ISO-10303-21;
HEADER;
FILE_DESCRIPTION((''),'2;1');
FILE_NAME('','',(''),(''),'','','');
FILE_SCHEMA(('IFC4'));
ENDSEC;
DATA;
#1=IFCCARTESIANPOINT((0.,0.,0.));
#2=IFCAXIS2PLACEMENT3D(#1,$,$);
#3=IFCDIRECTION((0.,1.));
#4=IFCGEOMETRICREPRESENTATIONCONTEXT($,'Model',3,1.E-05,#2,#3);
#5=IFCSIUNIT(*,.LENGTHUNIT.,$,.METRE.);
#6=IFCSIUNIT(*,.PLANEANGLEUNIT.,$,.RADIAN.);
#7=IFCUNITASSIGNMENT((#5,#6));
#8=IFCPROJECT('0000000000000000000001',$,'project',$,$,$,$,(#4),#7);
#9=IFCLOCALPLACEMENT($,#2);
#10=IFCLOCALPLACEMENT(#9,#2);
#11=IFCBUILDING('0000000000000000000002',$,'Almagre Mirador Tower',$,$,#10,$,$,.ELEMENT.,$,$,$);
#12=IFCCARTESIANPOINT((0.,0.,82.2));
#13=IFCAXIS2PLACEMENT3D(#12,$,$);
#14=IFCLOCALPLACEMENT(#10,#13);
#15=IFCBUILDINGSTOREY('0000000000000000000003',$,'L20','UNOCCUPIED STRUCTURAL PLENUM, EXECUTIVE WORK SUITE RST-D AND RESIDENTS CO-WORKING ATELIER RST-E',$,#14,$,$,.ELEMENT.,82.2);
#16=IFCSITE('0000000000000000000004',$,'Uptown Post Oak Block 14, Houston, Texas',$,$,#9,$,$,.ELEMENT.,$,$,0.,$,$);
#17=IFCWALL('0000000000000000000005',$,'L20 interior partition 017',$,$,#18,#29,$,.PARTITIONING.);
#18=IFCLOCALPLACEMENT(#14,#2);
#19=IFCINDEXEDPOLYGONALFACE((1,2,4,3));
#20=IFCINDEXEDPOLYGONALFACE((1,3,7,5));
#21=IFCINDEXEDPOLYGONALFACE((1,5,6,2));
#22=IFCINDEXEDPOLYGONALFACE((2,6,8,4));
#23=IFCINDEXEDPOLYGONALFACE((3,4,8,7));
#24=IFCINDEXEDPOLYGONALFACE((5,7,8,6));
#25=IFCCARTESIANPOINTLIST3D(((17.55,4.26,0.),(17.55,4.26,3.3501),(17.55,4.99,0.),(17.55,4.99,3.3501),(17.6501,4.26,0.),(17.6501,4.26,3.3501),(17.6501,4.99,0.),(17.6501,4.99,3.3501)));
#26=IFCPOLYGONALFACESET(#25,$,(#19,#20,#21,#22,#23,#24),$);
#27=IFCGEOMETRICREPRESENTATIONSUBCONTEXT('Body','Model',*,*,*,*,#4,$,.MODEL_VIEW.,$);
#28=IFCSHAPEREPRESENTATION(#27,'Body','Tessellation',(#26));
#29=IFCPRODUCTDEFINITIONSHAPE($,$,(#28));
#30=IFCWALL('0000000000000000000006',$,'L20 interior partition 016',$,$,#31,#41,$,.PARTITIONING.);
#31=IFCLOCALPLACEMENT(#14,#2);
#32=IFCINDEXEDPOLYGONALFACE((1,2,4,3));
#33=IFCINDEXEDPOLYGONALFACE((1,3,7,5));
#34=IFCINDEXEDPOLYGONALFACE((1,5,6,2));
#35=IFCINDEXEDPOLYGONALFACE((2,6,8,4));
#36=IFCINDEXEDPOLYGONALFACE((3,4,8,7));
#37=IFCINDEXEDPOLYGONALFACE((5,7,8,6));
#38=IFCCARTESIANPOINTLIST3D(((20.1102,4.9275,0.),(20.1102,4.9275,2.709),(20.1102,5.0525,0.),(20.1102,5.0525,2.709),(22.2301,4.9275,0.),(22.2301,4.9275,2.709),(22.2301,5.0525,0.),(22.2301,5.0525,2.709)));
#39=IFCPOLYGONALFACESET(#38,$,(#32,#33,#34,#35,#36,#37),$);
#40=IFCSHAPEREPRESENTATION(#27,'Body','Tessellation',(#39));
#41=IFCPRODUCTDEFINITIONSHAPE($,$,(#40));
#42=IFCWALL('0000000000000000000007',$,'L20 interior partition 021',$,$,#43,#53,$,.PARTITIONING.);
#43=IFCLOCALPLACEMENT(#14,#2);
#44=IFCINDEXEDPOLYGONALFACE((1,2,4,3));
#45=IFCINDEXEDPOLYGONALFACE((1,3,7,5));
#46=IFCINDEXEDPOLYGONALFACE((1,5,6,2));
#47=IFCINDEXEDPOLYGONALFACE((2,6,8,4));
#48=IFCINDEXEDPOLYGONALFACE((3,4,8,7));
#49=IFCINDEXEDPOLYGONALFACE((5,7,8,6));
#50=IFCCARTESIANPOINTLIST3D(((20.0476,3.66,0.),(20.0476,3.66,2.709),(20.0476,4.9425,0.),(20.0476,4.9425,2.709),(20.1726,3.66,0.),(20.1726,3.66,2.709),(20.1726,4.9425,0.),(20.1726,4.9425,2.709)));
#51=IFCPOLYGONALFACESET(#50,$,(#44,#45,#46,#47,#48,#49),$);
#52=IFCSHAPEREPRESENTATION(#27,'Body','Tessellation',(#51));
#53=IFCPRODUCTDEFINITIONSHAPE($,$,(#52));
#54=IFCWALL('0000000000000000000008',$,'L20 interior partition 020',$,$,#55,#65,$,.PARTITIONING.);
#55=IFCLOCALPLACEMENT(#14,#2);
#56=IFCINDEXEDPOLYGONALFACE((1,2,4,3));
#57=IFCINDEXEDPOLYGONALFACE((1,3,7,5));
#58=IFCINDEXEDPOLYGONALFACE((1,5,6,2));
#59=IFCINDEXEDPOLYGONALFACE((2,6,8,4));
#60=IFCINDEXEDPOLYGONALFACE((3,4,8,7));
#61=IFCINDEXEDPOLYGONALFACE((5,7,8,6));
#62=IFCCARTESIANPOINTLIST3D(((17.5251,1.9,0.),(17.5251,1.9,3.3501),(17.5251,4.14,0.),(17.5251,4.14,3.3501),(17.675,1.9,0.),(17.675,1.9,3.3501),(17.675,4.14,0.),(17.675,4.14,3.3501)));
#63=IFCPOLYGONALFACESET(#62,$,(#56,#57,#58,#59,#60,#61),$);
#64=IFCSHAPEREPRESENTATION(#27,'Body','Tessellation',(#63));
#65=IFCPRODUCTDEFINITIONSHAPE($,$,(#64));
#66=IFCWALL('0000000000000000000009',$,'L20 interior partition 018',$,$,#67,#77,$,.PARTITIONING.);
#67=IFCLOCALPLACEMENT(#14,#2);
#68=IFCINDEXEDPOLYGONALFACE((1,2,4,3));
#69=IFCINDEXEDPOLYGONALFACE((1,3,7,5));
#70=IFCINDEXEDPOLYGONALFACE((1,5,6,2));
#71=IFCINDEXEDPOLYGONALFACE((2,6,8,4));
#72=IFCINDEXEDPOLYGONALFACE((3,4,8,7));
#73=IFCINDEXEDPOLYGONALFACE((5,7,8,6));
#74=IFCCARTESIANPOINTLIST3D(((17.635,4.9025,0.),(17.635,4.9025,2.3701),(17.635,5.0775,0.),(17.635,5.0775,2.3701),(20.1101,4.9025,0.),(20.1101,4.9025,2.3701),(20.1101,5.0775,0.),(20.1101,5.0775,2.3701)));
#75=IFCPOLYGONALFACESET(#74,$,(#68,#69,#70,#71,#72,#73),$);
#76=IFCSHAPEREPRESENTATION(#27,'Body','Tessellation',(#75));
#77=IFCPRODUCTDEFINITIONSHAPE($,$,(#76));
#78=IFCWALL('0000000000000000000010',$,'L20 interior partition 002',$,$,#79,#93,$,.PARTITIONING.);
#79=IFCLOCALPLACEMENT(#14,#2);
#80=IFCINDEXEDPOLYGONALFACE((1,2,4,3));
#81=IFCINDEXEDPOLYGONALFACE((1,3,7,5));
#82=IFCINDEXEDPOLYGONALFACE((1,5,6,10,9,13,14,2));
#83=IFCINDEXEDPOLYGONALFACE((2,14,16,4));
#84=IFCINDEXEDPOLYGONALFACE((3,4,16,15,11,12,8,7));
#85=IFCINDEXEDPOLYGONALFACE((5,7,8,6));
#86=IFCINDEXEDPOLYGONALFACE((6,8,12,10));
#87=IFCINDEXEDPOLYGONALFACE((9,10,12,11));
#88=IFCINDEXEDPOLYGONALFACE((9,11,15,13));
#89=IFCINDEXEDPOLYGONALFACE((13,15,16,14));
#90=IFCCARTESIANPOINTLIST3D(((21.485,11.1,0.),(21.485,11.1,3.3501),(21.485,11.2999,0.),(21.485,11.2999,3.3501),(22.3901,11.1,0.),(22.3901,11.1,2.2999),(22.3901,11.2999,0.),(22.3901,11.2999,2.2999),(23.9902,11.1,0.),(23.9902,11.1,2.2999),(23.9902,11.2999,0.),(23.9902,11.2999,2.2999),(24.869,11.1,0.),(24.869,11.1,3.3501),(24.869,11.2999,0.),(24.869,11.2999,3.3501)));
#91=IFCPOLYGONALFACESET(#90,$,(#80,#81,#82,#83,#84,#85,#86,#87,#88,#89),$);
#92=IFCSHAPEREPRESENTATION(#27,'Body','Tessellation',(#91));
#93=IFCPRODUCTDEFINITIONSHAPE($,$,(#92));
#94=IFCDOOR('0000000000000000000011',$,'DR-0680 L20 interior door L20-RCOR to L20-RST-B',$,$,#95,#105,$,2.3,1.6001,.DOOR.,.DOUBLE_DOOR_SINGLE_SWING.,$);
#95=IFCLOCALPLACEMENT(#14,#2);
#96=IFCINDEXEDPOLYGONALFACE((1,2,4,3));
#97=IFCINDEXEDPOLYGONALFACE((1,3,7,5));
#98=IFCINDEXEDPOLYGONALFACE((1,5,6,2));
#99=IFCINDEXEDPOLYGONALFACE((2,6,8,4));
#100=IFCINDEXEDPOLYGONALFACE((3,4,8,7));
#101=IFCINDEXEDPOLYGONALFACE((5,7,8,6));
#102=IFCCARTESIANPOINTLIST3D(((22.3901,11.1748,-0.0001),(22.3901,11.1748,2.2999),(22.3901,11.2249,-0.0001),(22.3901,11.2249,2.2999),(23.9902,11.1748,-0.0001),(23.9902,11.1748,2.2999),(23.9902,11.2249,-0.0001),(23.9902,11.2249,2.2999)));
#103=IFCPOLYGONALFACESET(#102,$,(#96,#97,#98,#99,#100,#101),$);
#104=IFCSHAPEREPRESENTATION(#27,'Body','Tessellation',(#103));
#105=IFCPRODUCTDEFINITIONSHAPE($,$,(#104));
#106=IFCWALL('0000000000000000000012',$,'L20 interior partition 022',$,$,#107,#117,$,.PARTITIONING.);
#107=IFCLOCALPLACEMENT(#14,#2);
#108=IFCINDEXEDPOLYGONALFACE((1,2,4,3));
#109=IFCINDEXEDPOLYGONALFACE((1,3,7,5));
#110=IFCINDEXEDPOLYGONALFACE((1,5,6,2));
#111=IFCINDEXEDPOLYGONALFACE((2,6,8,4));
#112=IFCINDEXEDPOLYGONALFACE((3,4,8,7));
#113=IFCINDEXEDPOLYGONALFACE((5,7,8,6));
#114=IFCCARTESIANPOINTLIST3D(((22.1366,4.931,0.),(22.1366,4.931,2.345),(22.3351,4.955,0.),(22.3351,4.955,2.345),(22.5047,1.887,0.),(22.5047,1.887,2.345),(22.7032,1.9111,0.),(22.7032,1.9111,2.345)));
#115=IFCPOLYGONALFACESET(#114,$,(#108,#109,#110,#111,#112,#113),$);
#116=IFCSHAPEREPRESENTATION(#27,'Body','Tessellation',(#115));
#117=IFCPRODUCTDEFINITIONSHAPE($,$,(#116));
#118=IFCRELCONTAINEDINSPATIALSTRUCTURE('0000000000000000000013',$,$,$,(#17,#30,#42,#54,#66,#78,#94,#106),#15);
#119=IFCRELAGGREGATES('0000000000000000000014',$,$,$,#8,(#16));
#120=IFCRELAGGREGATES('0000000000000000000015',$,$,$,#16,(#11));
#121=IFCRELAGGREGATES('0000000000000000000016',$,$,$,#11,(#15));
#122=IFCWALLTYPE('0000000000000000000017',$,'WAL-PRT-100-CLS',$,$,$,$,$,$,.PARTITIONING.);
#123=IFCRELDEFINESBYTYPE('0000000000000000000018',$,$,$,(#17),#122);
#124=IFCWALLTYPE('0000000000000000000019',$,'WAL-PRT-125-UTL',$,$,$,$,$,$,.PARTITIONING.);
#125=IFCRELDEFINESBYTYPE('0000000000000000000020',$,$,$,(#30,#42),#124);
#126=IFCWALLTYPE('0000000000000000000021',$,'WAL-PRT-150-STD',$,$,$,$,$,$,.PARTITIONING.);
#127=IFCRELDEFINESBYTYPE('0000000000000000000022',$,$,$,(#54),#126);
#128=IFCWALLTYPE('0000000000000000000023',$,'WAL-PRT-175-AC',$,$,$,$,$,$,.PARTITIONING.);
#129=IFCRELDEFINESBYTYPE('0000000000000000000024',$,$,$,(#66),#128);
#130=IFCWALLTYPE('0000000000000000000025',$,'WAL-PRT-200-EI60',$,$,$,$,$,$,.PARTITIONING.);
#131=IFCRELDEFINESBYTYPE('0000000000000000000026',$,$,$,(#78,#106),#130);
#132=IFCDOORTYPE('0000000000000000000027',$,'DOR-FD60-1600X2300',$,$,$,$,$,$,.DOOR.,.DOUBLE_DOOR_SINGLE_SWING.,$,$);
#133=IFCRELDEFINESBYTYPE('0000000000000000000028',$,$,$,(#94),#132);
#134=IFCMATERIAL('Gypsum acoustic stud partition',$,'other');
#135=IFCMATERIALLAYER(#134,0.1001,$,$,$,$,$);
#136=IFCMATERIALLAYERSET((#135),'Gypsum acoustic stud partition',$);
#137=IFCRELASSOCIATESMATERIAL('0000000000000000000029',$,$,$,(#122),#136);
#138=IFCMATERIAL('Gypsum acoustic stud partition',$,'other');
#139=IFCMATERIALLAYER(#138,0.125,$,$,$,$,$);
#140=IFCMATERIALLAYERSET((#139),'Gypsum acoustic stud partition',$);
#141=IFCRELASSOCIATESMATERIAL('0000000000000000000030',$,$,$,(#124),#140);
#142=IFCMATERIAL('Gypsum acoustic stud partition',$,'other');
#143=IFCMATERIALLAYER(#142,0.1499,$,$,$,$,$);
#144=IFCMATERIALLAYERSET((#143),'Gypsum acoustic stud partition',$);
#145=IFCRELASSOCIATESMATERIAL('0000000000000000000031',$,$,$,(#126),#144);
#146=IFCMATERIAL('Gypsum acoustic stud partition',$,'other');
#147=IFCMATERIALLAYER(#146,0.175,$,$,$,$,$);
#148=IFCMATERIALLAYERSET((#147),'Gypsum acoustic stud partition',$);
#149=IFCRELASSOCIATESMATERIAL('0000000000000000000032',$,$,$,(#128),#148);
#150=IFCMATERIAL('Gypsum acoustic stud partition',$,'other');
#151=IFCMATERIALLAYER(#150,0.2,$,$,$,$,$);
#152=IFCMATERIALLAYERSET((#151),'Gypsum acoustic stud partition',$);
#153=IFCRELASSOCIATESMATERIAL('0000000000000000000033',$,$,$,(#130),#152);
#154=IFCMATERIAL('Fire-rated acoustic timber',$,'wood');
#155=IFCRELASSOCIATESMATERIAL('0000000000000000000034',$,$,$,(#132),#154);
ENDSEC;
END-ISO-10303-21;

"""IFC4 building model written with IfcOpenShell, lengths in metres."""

from ifc_helpers import new_model, si_unit, direction, frame, frame_2d, origin, place, context, subcontext, project, spatial, rectangle, extrude, material, layer, layer_set, type_object, element, fill, save


model = new_model("IFC4")

# Units and contexts
model_context = context("Model", 3, precision=1e-05, world=origin(), true_north=direction((0.0, 1.0)))
body_context = subcontext(model_context, "Body", "Model", "MODEL_VIEW")
ifc_project = project(units=[si_unit("LENGTHUNIT", "METRE"), si_unit("PLANEANGLEUNIT", "RADIAN")], contexts=[model_context])

# Site, building, storey
site_placement = place(None, origin())
site = spatial("IfcSite", under=ifc_project, at=site_placement, Name="Uptown Post Oak Block 14, Houston, Texas", CompositionType="ELEMENT", RefElevation=0.0)
building_placement = place(site_placement, origin())
building = spatial("IfcBuilding", under=site, at=building_placement, Name="Almagre Mirador Tower", CompositionType="ELEMENT")
storey_placement = place(building_placement, frame((0.0, 0.0, 82.2)))
storey = spatial("IfcBuildingStorey", under=building, at=storey_placement, Name="L20", Description="UNOCCUPIED STRUCTURAL PLENUM, EXECUTIVE WORK SUITE RST-D AND RESIDENTS CO-WORKING ATELIER RST-E", CompositionType="ELEMENT", Elevation=82.2)

# Walls
ifc_material_1 = material(Name="Gypsum acoustic stud partition", Category="other")
ifc_layer_1 = layer(ifc_material_1, 0.1001)
ifc_layer_set_1 = layer_set([ifc_layer_1], Name="Gypsum acoustic stud partition")
wall_type_1 = type_object("IfcWallType", Name="WAL-PRT-100-CLS", PredefinedType="PARTITIONING", material=ifc_layer_set_1)
wall_1_placement = place(storey_placement, frame((17.6001, 4.26, 0.0), z_axis=(0.0, 0.0, 1.0), x_axis=(0.0, 1.0, 0.0)))
element("IfcWall", 1, at=wall_1_placement, inside=storey, type_object=wall_type_1, Name="L20 interior partition 017", PredefinedType="PARTITIONING", context=body_context, shape_type="SweptSolid", body=[
    extrude(rectangle(XDim=0.73, YDim=0.1001, at=frame_2d((0.365, 0.0))), origin(), (0.0, 0.0, 1.0), 3.3501),
])
ifc_material_2 = material(Name="Gypsum acoustic stud partition", Category="other")
ifc_layer_2 = layer(ifc_material_2, 0.125)
ifc_layer_set_2 = layer_set([ifc_layer_2], Name="Gypsum acoustic stud partition")
wall_type_2 = type_object("IfcWallType", Name="WAL-PRT-125-UTL", PredefinedType="PARTITIONING", material=ifc_layer_set_2)
wall_2_placement = place(storey_placement, frame((20.1101, 4.99, 0.0), z_axis=(0.0, 0.0, 1.0), x_axis=(1.0, 0.0, 0.0)))
element("IfcWall", 2, at=wall_2_placement, inside=storey, type_object=wall_type_2, Name="L20 interior partition 016", PredefinedType="PARTITIONING", context=body_context, shape_type="SweptSolid", body=[
    extrude(rectangle(XDim=2.1199, YDim=0.125, at=frame_2d((1.0601, 0.0))), origin(), (0.0, 0.0, 1.0), 2.709),
])
wall_3_placement = place(storey_placement, frame((20.1101, 4.9424, 0.0), z_axis=(0.0, 0.0, 1.0), x_axis=(0.0, -1.0, 0.0)))
element("IfcWall", 3, at=wall_3_placement, inside=storey, type_object=wall_type_2, Name="L20 interior partition 021", PredefinedType="PARTITIONING", context=body_context, shape_type="SweptSolid", body=[
    extrude(rectangle(XDim=1.2825, YDim=0.125, at=frame_2d((0.6411, 0.0))), origin(), (0.0, 0.0, 1.0), 2.709),
])
ifc_material_3 = material(Name="Gypsum acoustic stud partition", Category="other")
ifc_layer_3 = layer(ifc_material_3, 0.1499)
ifc_layer_set_3 = layer_set([ifc_layer_3], Name="Gypsum acoustic stud partition")
wall_type_3 = type_object("IfcWallType", Name="WAL-PRT-150-STD", PredefinedType="PARTITIONING", material=ifc_layer_set_3)
wall_4_placement = place(storey_placement, frame((17.6001, 1.8999, 0.0), z_axis=(0.0, 0.0, 1.0), x_axis=(0.0, 1.0, 0.0)))
element("IfcWall", 4, at=wall_4_placement, inside=storey, type_object=wall_type_3, Name="L20 interior partition 020", PredefinedType="PARTITIONING", context=body_context, shape_type="SweptSolid", body=[
    extrude(rectangle(XDim=2.24, YDim=0.1499, at=frame_2d((1.1201, 0.0))), origin(), (0.0, 0.0, 1.0), 3.3501),
])
ifc_material_4 = material(Name="Gypsum acoustic stud partition", Category="other")
ifc_layer_4 = layer(ifc_material_4, 0.175)
ifc_layer_set_4 = layer_set([ifc_layer_4], Name="Gypsum acoustic stud partition")
wall_type_4 = type_object("IfcWallType", Name="WAL-PRT-175-AC", PredefinedType="PARTITIONING", material=ifc_layer_set_4)
wall_5_placement = place(storey_placement, frame((17.635, 4.99, 0.0), z_axis=(0.0, 0.0, 1.0), x_axis=(1.0, 0.0, 0.0)))
element("IfcWall", 5, at=wall_5_placement, inside=storey, type_object=wall_type_4, Name="L20 interior partition 018", PredefinedType="PARTITIONING", context=body_context, shape_type="SweptSolid", body=[
    extrude(rectangle(XDim=2.4751, YDim=0.175, at=frame_2d((1.2375, 0.0))), origin(), (0.0, 0.0, 1.0), 2.3701),
])

# Wall, opening, door
ifc_material_5 = material(Name="Gypsum acoustic stud partition", Category="other")
ifc_layer_5 = layer(ifc_material_5, 0.2)
ifc_layer_set_5 = layer_set([ifc_layer_5], Name="Gypsum acoustic stud partition")
wall_type_5 = type_object("IfcWallType", Name="WAL-PRT-200-EI60", PredefinedType="PARTITIONING", material=ifc_layer_set_5)
wall_6_placement = place(storey_placement, frame((21.4851, 11.2, 0.0), z_axis=(0.0, 0.0, 1.0), x_axis=(1.0, 0.0, 0.0)))
wall_6 = element("IfcWall", 6, at=wall_6_placement, inside=storey, type_object=wall_type_5, Name="L20 interior partition 002", PredefinedType="PARTITIONING", context=body_context, shape_type="SweptSolid", body=[
    extrude(rectangle(XDim=3.384, YDim=0.2, at=frame_2d((1.6919, 0.0))), origin(), (0.0, 0.0, 1.0), 3.3501),
])
opening_1_placement = place(wall_6_placement, frame((0.905, 0.0, 0.0)))
opening_1 = element("IfcOpeningElement", 7, at=opening_1_placement, cuts=wall_6, PredefinedType="OPENING", context=body_context, shape_type="SweptSolid", body=[
    extrude(rectangle(XDim=1.6001, YDim=2.3, at=frame_2d((0.8, 1.1499))), frame((0.0, 0.1101, 0.0), z_axis=(0.0, -1.0, 0.0), x_axis=(1.0, 0.0, 0.0)), (0.0, 0.0, 1.0), 0.22),
])
ifc_material_6 = material(Name="Fire-rated acoustic timber", Category="wood")
door_type = type_object("IfcDoorType", Name="DOR-FD60-1600X2300", OperationType="DOUBLE_DOOR_SINGLE_SWING", PredefinedType="DOOR", material=ifc_material_6)
door_placement = place(opening_1_placement, origin())
door = element("IfcDoor", 8, at=door_placement, inside=storey, type_object=door_type, Name="DR-0680 L20 interior door L20-RCOR to L20-RST-B", OperationType="DOUBLE_DOOR_SINGLE_SWING", OverallHeight=2.3, OverallWidth=1.6001, PredefinedType="DOOR", context=body_context, shape_type="SweptSolid", body=[
    extrude(rectangle(XDim=1.6001, YDim=2.3, at=frame_2d((0.8, 1.1499))), frame((0.0, 0.0249, 0.0), z_axis=(0.0, -1.0, 0.0), x_axis=(1.0, 0.0, 0.0)), (0.0, 0.0, 1.0), 0.05),
])
fill(opening_1, door)

# Wall
wall_7_placement = place(storey_placement, frame((22.604, 1.8989, 0.0), z_axis=(0.0, 0.0, 1.0), x_axis=(-0.120075, 0.992765, 0.0)))
element("IfcWall", 9, at=wall_7_placement, inside=storey, type_object=wall_type_5, Name="L20 interior partition 022", PredefinedType="PARTITIONING", context=body_context, shape_type="SweptSolid", body=[
    extrude(rectangle(XDim=3.0662, YDim=0.2, at=frame_2d((1.5332, 0.0))), origin(), (0.0, 0.0, 1.0), 2.345),
])

save(model, "model.ifc")
